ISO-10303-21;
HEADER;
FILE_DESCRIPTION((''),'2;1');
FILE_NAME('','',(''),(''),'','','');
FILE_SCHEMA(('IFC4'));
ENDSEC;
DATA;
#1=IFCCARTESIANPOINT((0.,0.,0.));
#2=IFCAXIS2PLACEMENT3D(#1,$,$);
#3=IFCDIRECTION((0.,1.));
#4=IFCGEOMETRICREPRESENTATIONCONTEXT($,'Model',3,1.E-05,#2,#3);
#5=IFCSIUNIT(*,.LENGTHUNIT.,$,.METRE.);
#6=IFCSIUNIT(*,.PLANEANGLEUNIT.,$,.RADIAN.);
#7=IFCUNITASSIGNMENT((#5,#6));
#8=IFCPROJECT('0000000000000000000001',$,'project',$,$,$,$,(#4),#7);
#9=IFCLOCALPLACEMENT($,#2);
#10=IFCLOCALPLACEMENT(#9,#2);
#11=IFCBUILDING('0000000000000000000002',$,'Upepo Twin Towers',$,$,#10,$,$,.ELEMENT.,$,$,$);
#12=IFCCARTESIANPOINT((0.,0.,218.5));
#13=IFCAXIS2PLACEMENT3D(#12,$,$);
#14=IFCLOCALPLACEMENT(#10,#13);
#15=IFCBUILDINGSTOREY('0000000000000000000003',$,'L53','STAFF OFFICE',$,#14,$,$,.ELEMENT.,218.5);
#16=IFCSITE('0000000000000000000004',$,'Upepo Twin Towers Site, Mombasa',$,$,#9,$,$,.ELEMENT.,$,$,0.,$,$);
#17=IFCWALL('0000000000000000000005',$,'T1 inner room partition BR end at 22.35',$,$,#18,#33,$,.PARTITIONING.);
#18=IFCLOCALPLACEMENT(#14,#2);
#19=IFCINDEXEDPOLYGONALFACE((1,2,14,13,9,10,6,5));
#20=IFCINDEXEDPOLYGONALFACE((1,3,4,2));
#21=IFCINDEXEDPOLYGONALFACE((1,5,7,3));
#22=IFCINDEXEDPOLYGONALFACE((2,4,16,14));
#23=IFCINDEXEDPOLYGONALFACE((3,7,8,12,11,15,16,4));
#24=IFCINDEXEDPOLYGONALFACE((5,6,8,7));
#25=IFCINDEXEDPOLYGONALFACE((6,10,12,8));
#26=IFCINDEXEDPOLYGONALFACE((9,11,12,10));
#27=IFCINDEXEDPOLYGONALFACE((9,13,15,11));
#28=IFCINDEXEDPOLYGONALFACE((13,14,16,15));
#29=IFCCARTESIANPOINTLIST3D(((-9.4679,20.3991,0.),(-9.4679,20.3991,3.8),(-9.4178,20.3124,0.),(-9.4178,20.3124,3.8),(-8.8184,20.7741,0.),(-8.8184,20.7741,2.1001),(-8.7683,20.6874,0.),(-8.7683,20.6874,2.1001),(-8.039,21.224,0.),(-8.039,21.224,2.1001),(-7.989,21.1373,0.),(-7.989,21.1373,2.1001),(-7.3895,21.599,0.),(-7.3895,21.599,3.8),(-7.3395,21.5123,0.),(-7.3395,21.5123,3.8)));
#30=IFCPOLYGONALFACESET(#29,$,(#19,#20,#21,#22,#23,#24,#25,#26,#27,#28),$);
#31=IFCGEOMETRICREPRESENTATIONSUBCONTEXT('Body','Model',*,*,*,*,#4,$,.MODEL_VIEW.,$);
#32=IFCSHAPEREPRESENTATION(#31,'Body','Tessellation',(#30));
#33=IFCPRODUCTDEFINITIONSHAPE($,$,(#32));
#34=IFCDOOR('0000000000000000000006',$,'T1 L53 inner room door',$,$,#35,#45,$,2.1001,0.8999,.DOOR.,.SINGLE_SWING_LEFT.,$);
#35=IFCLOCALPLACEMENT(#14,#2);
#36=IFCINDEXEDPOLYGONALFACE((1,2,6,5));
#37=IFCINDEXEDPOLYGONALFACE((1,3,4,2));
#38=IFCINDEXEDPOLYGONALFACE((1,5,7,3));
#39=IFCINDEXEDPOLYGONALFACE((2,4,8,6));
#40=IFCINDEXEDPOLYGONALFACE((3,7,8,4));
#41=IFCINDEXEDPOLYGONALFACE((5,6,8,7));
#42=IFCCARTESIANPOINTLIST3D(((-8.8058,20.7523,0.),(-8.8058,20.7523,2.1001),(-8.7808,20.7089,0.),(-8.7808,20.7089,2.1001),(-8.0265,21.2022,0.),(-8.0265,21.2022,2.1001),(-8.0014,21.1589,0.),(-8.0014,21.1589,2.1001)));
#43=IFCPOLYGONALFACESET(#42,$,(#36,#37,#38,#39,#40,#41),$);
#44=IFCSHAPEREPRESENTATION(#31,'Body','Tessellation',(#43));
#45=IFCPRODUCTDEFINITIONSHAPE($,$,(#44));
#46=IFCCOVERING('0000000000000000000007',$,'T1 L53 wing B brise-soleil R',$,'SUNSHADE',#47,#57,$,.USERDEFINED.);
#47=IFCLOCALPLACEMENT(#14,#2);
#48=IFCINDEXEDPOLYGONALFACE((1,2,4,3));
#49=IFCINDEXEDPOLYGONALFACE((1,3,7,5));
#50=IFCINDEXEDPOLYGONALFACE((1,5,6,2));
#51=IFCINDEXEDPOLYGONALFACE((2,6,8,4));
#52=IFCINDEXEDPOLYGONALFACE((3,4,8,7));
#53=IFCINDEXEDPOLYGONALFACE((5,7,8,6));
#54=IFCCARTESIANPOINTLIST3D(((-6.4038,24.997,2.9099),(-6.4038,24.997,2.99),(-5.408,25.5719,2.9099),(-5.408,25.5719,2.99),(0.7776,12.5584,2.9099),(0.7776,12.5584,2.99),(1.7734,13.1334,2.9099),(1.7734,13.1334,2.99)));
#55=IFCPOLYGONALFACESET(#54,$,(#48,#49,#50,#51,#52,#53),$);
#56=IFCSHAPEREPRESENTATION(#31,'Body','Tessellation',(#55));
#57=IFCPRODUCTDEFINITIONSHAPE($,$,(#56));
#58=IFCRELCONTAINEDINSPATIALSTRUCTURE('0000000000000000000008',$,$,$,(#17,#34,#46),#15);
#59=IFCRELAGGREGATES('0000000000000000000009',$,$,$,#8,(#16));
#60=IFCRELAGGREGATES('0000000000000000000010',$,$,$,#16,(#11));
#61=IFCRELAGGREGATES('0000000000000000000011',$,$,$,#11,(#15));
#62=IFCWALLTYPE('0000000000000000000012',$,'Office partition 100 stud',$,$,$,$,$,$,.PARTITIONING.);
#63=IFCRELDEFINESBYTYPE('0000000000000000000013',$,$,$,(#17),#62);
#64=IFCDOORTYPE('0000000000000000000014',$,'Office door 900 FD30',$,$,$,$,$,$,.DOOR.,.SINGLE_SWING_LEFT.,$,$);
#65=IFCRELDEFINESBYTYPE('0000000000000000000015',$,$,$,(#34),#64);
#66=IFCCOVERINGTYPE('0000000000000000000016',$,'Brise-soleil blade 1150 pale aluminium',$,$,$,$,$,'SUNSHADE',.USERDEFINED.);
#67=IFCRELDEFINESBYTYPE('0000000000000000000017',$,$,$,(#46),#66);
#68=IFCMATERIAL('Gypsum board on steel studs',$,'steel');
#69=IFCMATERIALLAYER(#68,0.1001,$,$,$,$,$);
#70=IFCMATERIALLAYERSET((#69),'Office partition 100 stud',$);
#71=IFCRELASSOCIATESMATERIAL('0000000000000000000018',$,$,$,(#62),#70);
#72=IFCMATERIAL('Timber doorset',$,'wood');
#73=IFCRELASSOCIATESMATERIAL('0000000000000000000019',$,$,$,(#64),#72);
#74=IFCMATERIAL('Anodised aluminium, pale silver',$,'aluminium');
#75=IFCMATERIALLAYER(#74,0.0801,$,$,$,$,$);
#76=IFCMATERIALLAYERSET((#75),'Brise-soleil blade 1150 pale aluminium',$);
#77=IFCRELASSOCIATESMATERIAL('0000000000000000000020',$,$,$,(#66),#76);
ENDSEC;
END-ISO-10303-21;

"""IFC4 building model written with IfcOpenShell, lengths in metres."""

from ifc_helpers import new_model, si_unit, direction, frame, frame_2d, origin, origin_2d, place, context, subcontext, project, spatial, rectangle, extrude, material, layer, layer_set, type_object, element, fill, save


model = new_model("IFC4")

# Units and contexts
model_context = context("Model", 3, precision=1e-05, world=origin(), true_north=direction((0.0, 1.0)))
body_context = subcontext(model_context, "Body", "Model", "MODEL_VIEW")
ifc_project = project(units=[si_unit("LENGTHUNIT", "METRE"), si_unit("PLANEANGLEUNIT", "RADIAN")], contexts=[model_context])

# Site, building, storey
site_placement = place(None, origin())
site = spatial("IfcSite", under=ifc_project, at=site_placement, Name="Upepo Twin Towers Site, Mombasa", CompositionType="ELEMENT", RefElevation=0.0)
building_placement = place(site_placement, origin())
building = spatial("IfcBuilding", under=site, at=building_placement, Name="Upepo Twin Towers", CompositionType="ELEMENT")
storey_placement = place(building_placement, frame((0.0, 0.0, 218.5)))
storey = spatial("IfcBuildingStorey", under=building, at=storey_placement, Name="L53", Description="STAFF OFFICE", CompositionType="ELEMENT", Elevation=218.5)

# Shared definitions
ifc_material_1 = material(Name="Gypsum board on steel studs", Category="steel")
ifc_layer_1 = layer(ifc_material_1, 0.1001)
ifc_layer_set_1 = layer_set([ifc_layer_1], Name="Office partition 100 stud")
wall_type_1 = type_object("IfcWallType", Name="Office partition 100 stud", PredefinedType="PARTITIONING", material=ifc_layer_set_1)

# Shared definitions
ifc_material_2 = material(Name="Timber doorset", Category="wood")
door_type = type_object("IfcDoorType", Name="Office door 900 FD30", OperationType="SINGLE_SWING_LEFT", PredefinedType="DOOR", material=ifc_material_2)

# Wall, opening, door
wall_1_placement = place(storey_placement, frame((-9.4429, 20.3557, 0.0), z_axis=(0.0, 0.0, 1.0), x_axis=(0.866025, 0.500001, 0.0)))
wall_1 = element("IfcWall", 1, at=wall_1_placement, inside=storey, type_object=wall_type_1, Name="T1 inner room partition BR end at 22.35", PredefinedType="PARTITIONING", context=body_context, shape_type="SweptSolid", body=[
    extrude(rectangle(XDim=2.3999, YDim=0.1001, at=frame_2d((1.2, 0.0))), origin(), (0.0, 0.0, 1.0), 3.8),
])
opening_1_placement = place(wall_1_placement, frame((0.75, 0.0, 0.0)))
opening_1 = element("IfcOpeningElement", 2, at=opening_1_placement, cuts=wall_1, PredefinedType="OPENING", context=body_context, shape_type="SweptSolid", body=[
    extrude(rectangle(XDim=0.8999, YDim=2.1001, at=frame_2d((0.45, 1.05))), frame((0.0, 0.0601, 0.0), z_axis=(0.0, -1.0, 0.0), x_axis=(1.0, 0.0, 0.0)), (0.0, 0.0, 1.0), 0.1201),
])
door_1_placement = place(opening_1_placement, origin())
door_1 = element("IfcDoor", 3, at=door_1_placement, inside=storey, type_object=door_type, Name="T1 L53 inner room door", OperationType="SINGLE_SWING_LEFT", OverallHeight=2.1001, OverallWidth=0.8999, PredefinedType="DOOR", context=body_context, shape_type="SweptSolid", body=[
    extrude(rectangle(XDim=0.8999, YDim=2.1001, at=frame_2d((0.45, 1.05))), frame((0.0, 0.0249, 0.0), z_axis=(0.0, -1.0, 0.0), x_axis=(1.0, 0.0, 0.0)), (0.0, 0.0, 1.0), 0.05),
])
fill(opening_1, door_1)

# Covering
ifc_material_3 = material(Name="Anodised aluminium, pale silver", Category="aluminium")
ifc_layer_2 = layer(ifc_material_3, 0.0801)
ifc_layer_set_2 = layer_set([ifc_layer_2], Name="Brise-soleil blade 1150 pale aluminium")
covering_type = type_object("IfcCoveringType", Name="Brise-soleil blade 1150 pale aluminium", ElementType="SUNSHADE", PredefinedType="USERDEFINED", material=ifc_layer_set_2)
covering_placement = place(storey_placement, frame((-2.3152, 19.0652, 2.9099), z_axis=(0.0, 0.0, 1.0), x_axis=(-0.5, 0.866025, 0.0)))
element("IfcCovering", 4, at=covering_placement, inside=storey, type_object=covering_type, Name="T1 L53 wing B brise-soleil R", ObjectType="SUNSHADE", PredefinedType="USERDEFINED", context=body_context, shape_type="SweptSolid", body=[
    extrude(rectangle(XDim=14.3628, YDim=1.1499, at=origin_2d()), origin(), (0.0, 0.0, 1.0), 0.0801),
])

save(model, "model.ifc")
